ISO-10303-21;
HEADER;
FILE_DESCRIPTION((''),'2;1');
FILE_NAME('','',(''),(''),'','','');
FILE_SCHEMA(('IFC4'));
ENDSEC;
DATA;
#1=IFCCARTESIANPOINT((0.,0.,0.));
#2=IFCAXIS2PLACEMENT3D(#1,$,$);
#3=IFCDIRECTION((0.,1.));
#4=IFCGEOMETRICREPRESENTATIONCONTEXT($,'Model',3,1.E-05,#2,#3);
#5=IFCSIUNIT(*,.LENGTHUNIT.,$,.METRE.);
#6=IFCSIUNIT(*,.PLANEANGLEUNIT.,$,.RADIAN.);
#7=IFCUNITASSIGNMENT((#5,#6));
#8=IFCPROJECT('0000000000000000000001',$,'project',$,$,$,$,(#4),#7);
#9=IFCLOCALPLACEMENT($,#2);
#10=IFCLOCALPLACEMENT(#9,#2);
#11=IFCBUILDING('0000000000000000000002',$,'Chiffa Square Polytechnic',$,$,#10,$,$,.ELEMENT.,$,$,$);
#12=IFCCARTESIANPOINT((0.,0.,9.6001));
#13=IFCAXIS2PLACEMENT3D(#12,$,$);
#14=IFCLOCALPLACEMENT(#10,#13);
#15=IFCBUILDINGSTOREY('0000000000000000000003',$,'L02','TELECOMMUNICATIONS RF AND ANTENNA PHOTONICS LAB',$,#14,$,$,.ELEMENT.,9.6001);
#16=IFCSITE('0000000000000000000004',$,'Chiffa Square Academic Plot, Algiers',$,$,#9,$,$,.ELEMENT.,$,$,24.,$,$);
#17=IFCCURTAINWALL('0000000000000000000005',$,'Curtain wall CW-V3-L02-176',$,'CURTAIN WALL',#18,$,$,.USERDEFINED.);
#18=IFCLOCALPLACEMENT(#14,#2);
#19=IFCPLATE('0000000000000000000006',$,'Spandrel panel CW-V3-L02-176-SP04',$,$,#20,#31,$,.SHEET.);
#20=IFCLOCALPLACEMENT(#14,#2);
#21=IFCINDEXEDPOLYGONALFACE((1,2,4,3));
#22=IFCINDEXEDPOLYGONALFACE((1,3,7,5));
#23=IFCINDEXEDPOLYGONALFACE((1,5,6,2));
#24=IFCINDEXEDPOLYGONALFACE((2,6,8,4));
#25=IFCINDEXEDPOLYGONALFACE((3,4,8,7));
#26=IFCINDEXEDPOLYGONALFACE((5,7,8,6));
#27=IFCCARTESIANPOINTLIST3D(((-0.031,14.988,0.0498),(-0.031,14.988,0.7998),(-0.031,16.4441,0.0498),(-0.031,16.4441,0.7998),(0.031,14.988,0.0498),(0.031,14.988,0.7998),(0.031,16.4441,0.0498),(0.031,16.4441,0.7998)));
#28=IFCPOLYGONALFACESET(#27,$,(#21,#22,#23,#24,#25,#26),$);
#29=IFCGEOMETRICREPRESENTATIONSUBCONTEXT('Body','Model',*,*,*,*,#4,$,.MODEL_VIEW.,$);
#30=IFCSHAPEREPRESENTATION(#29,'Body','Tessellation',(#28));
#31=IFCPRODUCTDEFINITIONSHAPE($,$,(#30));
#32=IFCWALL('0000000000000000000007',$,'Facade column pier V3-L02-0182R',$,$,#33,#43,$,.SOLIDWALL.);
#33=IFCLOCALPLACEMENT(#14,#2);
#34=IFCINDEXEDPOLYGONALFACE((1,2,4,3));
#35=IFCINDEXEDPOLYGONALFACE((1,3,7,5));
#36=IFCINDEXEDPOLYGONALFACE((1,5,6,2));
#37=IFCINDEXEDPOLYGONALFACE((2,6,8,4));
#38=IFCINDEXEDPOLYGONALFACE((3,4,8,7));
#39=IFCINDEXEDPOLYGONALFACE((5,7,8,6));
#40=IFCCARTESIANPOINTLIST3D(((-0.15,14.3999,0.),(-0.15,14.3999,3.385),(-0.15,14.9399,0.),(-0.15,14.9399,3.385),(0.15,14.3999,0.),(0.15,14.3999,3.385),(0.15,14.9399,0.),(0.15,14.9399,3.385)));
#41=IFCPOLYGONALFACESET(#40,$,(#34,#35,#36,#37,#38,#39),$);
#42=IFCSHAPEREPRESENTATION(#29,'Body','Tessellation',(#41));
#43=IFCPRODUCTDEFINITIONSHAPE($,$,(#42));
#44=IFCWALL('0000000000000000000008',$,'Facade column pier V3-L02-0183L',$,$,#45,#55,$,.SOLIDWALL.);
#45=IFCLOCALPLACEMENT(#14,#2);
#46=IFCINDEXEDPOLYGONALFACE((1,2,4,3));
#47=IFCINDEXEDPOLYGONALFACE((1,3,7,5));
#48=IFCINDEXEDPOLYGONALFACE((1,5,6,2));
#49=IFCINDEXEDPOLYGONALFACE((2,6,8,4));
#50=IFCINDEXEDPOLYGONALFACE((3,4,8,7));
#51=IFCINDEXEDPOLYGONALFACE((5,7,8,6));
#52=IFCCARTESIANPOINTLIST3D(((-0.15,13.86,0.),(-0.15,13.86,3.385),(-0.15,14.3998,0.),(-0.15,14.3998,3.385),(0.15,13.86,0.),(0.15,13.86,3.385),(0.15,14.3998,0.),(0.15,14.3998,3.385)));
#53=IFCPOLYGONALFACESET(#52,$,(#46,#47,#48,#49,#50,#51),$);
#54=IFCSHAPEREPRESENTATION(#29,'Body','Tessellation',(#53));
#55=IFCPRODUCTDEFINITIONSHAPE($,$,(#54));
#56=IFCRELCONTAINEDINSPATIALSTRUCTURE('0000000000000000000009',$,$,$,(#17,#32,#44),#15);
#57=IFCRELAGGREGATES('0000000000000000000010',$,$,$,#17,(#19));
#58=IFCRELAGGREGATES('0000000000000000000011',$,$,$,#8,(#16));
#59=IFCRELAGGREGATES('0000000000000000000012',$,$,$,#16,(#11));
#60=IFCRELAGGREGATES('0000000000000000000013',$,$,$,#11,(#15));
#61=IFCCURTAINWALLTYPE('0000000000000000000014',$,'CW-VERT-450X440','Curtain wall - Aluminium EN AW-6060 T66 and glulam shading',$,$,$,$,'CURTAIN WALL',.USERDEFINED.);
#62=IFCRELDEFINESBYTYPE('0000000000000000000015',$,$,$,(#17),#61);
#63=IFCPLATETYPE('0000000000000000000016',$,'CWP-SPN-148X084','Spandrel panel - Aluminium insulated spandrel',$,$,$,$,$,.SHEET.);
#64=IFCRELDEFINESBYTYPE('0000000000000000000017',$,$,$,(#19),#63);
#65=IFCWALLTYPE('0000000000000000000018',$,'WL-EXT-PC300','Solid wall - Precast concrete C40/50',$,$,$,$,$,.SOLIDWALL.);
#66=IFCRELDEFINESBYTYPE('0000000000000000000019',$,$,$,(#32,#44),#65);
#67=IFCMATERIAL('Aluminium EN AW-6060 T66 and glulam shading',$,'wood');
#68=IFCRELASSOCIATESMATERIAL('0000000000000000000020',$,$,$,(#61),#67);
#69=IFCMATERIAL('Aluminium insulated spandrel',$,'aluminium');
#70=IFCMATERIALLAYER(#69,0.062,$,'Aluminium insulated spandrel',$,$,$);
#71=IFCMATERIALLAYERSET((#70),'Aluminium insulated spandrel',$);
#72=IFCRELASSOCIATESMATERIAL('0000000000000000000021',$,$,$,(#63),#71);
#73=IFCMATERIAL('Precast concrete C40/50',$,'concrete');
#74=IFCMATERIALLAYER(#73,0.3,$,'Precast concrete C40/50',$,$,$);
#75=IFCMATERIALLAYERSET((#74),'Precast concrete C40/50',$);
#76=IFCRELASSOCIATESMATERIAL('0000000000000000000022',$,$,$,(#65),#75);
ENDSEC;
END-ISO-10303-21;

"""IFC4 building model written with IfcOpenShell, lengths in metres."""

from ifc_helpers import new_model, si_unit, direction, frame, frame_2d, origin, origin_2d, place, context, subcontext, project, spatial, rectangle, extrude, material, layer, layer_set, type_object, element, aggregate, save


model = new_model("IFC4")

# Units and contexts
model_context = context("Model", 3, precision=1e-05, world=origin(), true_north=direction((0.0, 1.0)))
body_context = subcontext(model_context, "Body", "Model", "MODEL_VIEW")
ifc_project = project(units=[si_unit("LENGTHUNIT", "METRE"), si_unit("PLANEANGLEUNIT", "RADIAN")], contexts=[model_context])

# Site, building, storey
site_placement = place(None, origin())
site = spatial("IfcSite", under=ifc_project, at=site_placement, Name="Chiffa Square Academic Plot, Algiers", CompositionType="ELEMENT", RefElevation=24.0)
building_placement = place(site_placement, origin())
building = spatial("IfcBuilding", under=site, at=building_placement, Name="Chiffa Square Polytechnic", CompositionType="ELEMENT")
storey_placement = place(building_placement, frame((0.0, 0.0, 9.6001)))
storey = spatial("IfcBuildingStorey", under=building, at=storey_placement, Name="L02", Description="TELECOMMUNICATIONS RF AND ANTENNA PHOTONICS LAB", CompositionType="ELEMENT", Elevation=9.6001)

# Curtain wall
ifc_material_1 = material(Name="Aluminium EN AW-6060 T66 and glulam shading", Category="wood")
curtain_wall_type_1 = type_object("IfcCurtainWallType", Name="CW-VERT-450X440", Description="Curtain wall - Aluminium EN AW-6060 T66 and glulam shading", ElementType="CURTAIN WALL", PredefinedType="USERDEFINED", material=ifc_material_1)
curtain_wall_1_placement = place(storey_placement, origin())
curtain_wall_1 = element("IfcCurtainWall", 1, at=curtain_wall_1_placement, inside=storey, type_object=curtain_wall_type_1, Name="Curtain wall CW-V3-L02-176", ObjectType="CURTAIN WALL", PredefinedType="USERDEFINED")

# Plate
ifc_material_2 = material(Name="Aluminium insulated spandrel", Category="aluminium")
ifc_layer_1 = layer(ifc_material_2, 0.062, Name="Aluminium insulated spandrel")
ifc_layer_set_1 = layer_set([ifc_layer_1], Name="Aluminium insulated spandrel")
plate_type_1 = type_object("IfcPlateType", Name="CWP-SPN-148X084", Description="Spandrel panel - Aluminium insulated spandrel", PredefinedType="SHEET", material=ifc_layer_set_1)
plate_1_placement = place(storey_placement, frame((0.0, 15.7161, 0.0498), z_axis=(0.0, 0.0, 1.0), x_axis=(0.0, -1.0, 0.0)))
plate_1 = element("IfcPlate", 2, at=plate_1_placement, type_object=plate_type_1, Name="Spandrel panel CW-V3-L02-176-SP04", PredefinedType="SHEET", context=body_context, shape_type="SweptSolid", body=[
    extrude(rectangle(XDim=1.4561, YDim=0.062, at=origin_2d()), origin(), (0.0, 0.0, 1.0), 0.75),
])
aggregate(curtain_wall_1, [plate_1])

# Walls
ifc_material_3 = material(Name="Precast concrete C40/50", Category="concrete")
ifc_layer_2 = layer(ifc_material_3, 0.3, Name="Precast concrete C40/50")
ifc_layer_set_2 = layer_set([ifc_layer_2], Name="Precast concrete C40/50")
wall_type = type_object("IfcWallType", Name="WL-EXT-PC300", Description="Solid wall - Precast concrete C40/50", PredefinedType="SOLIDWALL", material=ifc_layer_set_2)
wall_1_placement = place(storey_placement, frame((0.0, 14.9399, 0.0), z_axis=(0.0, 0.0, 1.0), x_axis=(0.0, -1.0, 0.0)))
element("IfcWall", 3, at=wall_1_placement, inside=storey, type_object=wall_type, Name="Facade column pier V3-L02-0182R", PredefinedType="SOLIDWALL", context=body_context, shape_type="SweptSolid", body=[
    extrude(rectangle(XDim=0.54, YDim=0.3, at=frame_2d((0.27, 0.0))), origin(), (0.0, 0.0, 1.0), 3.385),
])
wall_2_placement = place(storey_placement, frame((0.0, 14.3999, 0.0), z_axis=(0.0, 0.0, 1.0), x_axis=(0.0, -1.0, 0.0)))
element("IfcWall", 4, at=wall_2_placement, inside=storey, type_object=wall_type, Name="Facade column pier V3-L02-0183L", PredefinedType="SOLIDWALL", context=body_context, shape_type="SweptSolid", body=[
    extrude(rectangle(XDim=0.5398, YDim=0.3, at=frame_2d((0.27, 0.0))), origin(), (0.0, 0.0, 1.0), 3.385),
])

save(model, "model.ifc")
